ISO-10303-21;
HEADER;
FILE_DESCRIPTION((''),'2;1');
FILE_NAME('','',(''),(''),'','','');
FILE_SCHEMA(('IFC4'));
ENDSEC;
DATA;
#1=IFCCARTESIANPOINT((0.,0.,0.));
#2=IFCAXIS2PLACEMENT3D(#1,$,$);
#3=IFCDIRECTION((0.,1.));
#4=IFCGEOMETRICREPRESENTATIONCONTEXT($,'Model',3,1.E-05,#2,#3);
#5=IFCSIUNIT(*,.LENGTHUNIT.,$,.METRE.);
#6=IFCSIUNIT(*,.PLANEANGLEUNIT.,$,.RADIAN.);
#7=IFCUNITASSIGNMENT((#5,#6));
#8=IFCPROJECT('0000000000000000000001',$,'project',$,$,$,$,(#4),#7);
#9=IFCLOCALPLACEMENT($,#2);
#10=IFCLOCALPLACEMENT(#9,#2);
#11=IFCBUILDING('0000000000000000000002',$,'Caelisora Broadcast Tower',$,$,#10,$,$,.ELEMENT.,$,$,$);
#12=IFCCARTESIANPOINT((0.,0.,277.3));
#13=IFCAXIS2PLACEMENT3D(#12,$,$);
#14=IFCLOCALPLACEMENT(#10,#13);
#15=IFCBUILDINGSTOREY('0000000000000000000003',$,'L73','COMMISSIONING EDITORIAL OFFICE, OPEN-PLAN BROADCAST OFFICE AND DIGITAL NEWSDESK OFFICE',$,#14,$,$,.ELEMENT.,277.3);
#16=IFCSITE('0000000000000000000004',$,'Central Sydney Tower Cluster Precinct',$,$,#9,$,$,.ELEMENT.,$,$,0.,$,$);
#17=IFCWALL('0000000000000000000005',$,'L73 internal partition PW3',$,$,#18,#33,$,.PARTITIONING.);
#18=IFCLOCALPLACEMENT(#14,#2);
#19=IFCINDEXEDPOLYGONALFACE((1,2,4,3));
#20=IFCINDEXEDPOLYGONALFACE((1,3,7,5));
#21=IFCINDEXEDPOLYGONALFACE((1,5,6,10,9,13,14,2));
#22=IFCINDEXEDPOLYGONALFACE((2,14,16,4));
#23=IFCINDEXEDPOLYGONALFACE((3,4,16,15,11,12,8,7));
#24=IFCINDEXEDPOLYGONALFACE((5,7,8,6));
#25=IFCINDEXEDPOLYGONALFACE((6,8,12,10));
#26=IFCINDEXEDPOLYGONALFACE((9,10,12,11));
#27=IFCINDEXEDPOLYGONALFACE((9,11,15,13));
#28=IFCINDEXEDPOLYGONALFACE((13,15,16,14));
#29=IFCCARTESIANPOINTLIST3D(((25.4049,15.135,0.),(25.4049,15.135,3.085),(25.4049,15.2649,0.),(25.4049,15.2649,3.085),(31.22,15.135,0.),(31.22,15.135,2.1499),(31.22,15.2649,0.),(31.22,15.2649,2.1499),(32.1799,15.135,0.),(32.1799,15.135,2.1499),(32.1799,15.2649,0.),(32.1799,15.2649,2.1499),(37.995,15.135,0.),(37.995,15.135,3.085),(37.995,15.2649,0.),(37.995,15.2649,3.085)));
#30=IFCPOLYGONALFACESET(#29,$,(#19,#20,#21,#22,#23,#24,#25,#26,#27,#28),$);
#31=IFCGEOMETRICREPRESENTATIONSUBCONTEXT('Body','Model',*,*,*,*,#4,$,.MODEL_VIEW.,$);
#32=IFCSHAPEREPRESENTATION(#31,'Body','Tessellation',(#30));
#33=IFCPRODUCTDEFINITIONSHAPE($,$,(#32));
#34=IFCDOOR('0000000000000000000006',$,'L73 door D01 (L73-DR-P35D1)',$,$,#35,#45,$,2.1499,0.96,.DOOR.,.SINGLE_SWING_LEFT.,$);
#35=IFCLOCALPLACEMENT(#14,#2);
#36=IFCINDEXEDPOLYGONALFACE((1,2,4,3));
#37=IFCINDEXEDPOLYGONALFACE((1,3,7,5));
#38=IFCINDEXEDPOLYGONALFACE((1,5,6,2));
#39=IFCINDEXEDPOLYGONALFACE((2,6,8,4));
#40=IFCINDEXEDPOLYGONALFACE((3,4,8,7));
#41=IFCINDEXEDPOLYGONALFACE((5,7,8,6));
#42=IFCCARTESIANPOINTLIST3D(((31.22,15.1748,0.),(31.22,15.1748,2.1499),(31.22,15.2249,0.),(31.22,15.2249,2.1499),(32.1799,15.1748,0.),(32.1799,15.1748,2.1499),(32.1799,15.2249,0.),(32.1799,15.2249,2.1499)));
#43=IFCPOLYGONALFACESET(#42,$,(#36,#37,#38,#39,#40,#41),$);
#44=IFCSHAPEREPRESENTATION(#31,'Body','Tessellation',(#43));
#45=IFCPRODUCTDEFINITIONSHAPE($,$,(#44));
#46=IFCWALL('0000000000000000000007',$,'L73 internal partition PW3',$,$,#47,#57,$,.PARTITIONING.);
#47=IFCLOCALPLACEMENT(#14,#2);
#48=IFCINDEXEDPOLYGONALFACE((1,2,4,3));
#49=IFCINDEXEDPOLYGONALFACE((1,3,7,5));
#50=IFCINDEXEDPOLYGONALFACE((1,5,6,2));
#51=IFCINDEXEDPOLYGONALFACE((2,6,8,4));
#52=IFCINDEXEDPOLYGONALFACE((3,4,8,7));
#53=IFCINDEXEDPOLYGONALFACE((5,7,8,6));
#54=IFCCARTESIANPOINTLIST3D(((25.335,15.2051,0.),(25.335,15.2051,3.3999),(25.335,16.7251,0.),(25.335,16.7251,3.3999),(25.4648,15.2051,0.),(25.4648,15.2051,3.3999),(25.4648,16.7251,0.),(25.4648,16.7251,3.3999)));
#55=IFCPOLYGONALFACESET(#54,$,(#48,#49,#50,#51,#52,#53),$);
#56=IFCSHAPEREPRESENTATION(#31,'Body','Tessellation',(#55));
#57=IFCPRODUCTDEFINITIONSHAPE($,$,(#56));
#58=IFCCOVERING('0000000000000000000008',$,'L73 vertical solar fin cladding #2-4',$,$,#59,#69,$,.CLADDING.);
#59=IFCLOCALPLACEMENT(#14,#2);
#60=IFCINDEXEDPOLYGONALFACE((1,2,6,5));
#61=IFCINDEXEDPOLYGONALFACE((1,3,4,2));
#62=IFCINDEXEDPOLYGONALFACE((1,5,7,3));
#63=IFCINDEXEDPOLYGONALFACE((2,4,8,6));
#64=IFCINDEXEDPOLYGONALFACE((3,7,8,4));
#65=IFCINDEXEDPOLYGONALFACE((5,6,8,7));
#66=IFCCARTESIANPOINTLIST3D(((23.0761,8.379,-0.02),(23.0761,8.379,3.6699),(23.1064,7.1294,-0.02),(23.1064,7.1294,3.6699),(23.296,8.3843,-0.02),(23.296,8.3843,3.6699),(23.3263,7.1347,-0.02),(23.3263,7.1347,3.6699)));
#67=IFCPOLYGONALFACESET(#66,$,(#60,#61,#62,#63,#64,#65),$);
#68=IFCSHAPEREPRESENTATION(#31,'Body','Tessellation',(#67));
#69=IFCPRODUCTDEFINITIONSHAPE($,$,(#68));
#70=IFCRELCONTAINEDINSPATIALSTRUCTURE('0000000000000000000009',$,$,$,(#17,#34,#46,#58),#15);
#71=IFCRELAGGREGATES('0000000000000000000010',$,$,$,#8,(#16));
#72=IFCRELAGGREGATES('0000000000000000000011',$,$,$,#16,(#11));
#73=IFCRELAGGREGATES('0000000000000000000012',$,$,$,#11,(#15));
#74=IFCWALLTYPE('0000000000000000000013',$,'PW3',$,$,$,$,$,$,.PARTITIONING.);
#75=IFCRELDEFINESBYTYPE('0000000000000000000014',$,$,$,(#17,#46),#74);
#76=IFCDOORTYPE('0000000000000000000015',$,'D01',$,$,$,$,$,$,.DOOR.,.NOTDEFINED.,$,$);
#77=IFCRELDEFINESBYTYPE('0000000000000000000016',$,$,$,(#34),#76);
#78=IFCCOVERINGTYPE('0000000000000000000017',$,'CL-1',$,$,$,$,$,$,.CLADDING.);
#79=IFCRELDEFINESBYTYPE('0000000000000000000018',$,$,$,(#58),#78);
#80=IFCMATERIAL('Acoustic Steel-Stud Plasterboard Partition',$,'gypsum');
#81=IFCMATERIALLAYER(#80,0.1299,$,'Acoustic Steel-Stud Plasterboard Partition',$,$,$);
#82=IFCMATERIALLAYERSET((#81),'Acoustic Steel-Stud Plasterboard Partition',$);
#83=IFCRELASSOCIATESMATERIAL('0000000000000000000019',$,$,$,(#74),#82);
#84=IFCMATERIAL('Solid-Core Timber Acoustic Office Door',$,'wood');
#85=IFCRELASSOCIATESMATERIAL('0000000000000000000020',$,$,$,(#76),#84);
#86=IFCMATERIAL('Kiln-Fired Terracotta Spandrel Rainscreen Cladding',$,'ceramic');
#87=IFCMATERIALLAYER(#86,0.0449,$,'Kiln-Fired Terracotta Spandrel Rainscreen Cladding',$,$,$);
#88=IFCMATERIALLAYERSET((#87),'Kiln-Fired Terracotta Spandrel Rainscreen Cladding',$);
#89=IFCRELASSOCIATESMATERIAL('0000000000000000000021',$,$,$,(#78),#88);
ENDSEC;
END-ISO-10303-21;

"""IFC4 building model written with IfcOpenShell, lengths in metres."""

from ifc_helpers import new_model, si_unit, direction, frame, frame_2d, origin, origin_2d, place, context, subcontext, project, spatial, rectangle, extrude, source, transform, mapped, material, layer, layer_set, type_object, type_shapes, element, fill, save


model = new_model("IFC4")

# Units and contexts
model_context = context("Model", 3, precision=1e-05, world=origin(), true_north=direction((0.0, 1.0)))
body_context = subcontext(model_context, "Body", "Model", "MODEL_VIEW")
ifc_project = project(units=[si_unit("LENGTHUNIT", "METRE"), si_unit("PLANEANGLEUNIT", "RADIAN")], contexts=[model_context])

# Site, building, storey
site_placement = place(None, origin())
site = spatial("IfcSite", under=ifc_project, at=site_placement, Name="Central Sydney Tower Cluster Precinct", CompositionType="ELEMENT", RefElevation=0.0)
building_placement = place(site_placement, origin())
building = spatial("IfcBuilding", under=site, at=building_placement, Name="Caelisora Broadcast Tower", CompositionType="ELEMENT")
storey_placement = place(building_placement, frame((0.0, 0.0, 277.3)))
storey = spatial("IfcBuildingStorey", under=building, at=storey_placement, Name="L73", Description="COMMISSIONING EDITORIAL OFFICE, OPEN-PLAN BROADCAST OFFICE AND DIGITAL NEWSDESK OFFICE", CompositionType="ELEMENT", Elevation=277.3)

# Wall, opening, door
ifc_material_1 = material(Name="Acoustic Steel-Stud Plasterboard Partition", Category="gypsum")
ifc_layer_1 = layer(ifc_material_1, 0.1299, Name="Acoustic Steel-Stud Plasterboard Partition")
ifc_layer_set_1 = layer_set([ifc_layer_1], Name="Acoustic Steel-Stud Plasterboard Partition")
wall_type = type_object("IfcWallType", Name="PW3", PredefinedType="PARTITIONING", material=ifc_layer_set_1)
ifc_material_2 = material(Name="Solid-Core Timber Acoustic Office Door", Category="wood")
door_type = type_object("IfcDoorType", Name="D01", OperationType="NOTDEFINED", PredefinedType="DOOR", material=ifc_material_2)
wall_1_placement = place(storey_placement, frame((25.405, 15.2, 0.0), z_axis=(0.0, 0.0, 1.0), x_axis=(1.0, 0.0, 0.0)))
wall_1 = element("IfcWall", 1, at=wall_1_placement, inside=storey, type_object=wall_type, Name="L73 internal partition PW3", PredefinedType="PARTITIONING", context=body_context, shape_type="SweptSolid", body=[
    extrude(rectangle(XDim=12.5901, YDim=0.1299, at=frame_2d((6.2949, 0.0))), origin(), (0.0, 0.0, 1.0), 3.085),
])
opening_1_placement = place(wall_1_placement, frame((5.8149, 0.0, 0.0)))
opening_1 = element("IfcOpeningElement", 2, at=opening_1_placement, cuts=wall_1, PredefinedType="OPENING", context=body_context, shape_type="SweptSolid", body=[
    extrude(rectangle(XDim=0.96, YDim=2.1499, at=frame_2d((0.48, 1.075))), frame((0.0, 0.0769, 0.0), z_axis=(0.0, -1.0, 0.0), x_axis=(1.0, 0.0, 0.0)), (0.0, 0.0, 1.0), 0.1538),
])
door_1_placement = place(opening_1_placement, origin())
door_1 = element("IfcDoor", 3, at=door_1_placement, inside=storey, type_object=door_type, Name="L73 door D01 (L73-DR-P35D1)", OperationType="SINGLE_SWING_LEFT", OverallHeight=2.1499, OverallWidth=0.96, PredefinedType="DOOR", context=body_context, shape_type="SweptSolid", body=[
    extrude(rectangle(XDim=0.96, YDim=2.1499, at=frame_2d((0.48, 1.075))), frame((0.0, 0.0249, 0.0), z_axis=(0.0, -1.0, 0.0), x_axis=(1.0, 0.0, 0.0)), (0.0, 0.0, 1.0), 0.05),
])
fill(opening_1, door_1)

# Wall
wall_2_placement = place(storey_placement, frame((25.3999, 16.7251, 0.0), z_axis=(0.0, 0.0, 1.0), x_axis=(0.0, -1.0, 0.0)))
element("IfcWall", 4, at=wall_2_placement, inside=storey, type_object=wall_type, Name="L73 internal partition PW3", PredefinedType="PARTITIONING", context=body_context, shape_type="SweptSolid", body=[
    extrude(rectangle(XDim=1.52, YDim=0.1299, at=frame_2d((0.76, 0.0))), origin(), (0.0, 0.0, 1.0), 3.3999),
])

# Covering
ifc_material_3 = material(Name="Kiln-Fired Terracotta Spandrel Rainscreen Cladding", Category="ceramic")
ifc_layer_2 = layer(ifc_material_3, 0.0449, Name="Kiln-Fired Terracotta Spandrel Rainscreen Cladding")
ifc_layer_set_2 = layer_set([ifc_layer_2], Name="Kiln-Fired Terracotta Spandrel Rainscreen Cladding")
covering_type = type_object("IfcCoveringType", Name="CL-1", PredefinedType="CLADDING", material=ifc_layer_set_2)
shared_shape_1 = source(origin(), body_context, "Body", "SweptSolid", [
    extrude(rectangle(XDim=0.22, YDim=1.25, at=origin_2d()), origin(), (0.0, 0.0, 1.0), 3.6899),
])
type_shapes(covering_type, [shared_shape_1])
covering_placement = place(storey_placement, frame((23.2012, 7.7568, -0.02), z_axis=(0.0, 0.0, 1.0), x_axis=(-0.999706, -0.024258, 0.0)))
element("IfcCovering", 5, at=covering_placement, inside=storey, type_object=covering_type, Name="L73 vertical solar fin cladding #2-4", PredefinedType="CLADDING", context=body_context, shape_type="MappedRepresentation", body=[
    mapped(shared_shape_1, transform((0.0, 0.0, 0.0), scale=1.0)),
])

save(model, "model.ifc")
